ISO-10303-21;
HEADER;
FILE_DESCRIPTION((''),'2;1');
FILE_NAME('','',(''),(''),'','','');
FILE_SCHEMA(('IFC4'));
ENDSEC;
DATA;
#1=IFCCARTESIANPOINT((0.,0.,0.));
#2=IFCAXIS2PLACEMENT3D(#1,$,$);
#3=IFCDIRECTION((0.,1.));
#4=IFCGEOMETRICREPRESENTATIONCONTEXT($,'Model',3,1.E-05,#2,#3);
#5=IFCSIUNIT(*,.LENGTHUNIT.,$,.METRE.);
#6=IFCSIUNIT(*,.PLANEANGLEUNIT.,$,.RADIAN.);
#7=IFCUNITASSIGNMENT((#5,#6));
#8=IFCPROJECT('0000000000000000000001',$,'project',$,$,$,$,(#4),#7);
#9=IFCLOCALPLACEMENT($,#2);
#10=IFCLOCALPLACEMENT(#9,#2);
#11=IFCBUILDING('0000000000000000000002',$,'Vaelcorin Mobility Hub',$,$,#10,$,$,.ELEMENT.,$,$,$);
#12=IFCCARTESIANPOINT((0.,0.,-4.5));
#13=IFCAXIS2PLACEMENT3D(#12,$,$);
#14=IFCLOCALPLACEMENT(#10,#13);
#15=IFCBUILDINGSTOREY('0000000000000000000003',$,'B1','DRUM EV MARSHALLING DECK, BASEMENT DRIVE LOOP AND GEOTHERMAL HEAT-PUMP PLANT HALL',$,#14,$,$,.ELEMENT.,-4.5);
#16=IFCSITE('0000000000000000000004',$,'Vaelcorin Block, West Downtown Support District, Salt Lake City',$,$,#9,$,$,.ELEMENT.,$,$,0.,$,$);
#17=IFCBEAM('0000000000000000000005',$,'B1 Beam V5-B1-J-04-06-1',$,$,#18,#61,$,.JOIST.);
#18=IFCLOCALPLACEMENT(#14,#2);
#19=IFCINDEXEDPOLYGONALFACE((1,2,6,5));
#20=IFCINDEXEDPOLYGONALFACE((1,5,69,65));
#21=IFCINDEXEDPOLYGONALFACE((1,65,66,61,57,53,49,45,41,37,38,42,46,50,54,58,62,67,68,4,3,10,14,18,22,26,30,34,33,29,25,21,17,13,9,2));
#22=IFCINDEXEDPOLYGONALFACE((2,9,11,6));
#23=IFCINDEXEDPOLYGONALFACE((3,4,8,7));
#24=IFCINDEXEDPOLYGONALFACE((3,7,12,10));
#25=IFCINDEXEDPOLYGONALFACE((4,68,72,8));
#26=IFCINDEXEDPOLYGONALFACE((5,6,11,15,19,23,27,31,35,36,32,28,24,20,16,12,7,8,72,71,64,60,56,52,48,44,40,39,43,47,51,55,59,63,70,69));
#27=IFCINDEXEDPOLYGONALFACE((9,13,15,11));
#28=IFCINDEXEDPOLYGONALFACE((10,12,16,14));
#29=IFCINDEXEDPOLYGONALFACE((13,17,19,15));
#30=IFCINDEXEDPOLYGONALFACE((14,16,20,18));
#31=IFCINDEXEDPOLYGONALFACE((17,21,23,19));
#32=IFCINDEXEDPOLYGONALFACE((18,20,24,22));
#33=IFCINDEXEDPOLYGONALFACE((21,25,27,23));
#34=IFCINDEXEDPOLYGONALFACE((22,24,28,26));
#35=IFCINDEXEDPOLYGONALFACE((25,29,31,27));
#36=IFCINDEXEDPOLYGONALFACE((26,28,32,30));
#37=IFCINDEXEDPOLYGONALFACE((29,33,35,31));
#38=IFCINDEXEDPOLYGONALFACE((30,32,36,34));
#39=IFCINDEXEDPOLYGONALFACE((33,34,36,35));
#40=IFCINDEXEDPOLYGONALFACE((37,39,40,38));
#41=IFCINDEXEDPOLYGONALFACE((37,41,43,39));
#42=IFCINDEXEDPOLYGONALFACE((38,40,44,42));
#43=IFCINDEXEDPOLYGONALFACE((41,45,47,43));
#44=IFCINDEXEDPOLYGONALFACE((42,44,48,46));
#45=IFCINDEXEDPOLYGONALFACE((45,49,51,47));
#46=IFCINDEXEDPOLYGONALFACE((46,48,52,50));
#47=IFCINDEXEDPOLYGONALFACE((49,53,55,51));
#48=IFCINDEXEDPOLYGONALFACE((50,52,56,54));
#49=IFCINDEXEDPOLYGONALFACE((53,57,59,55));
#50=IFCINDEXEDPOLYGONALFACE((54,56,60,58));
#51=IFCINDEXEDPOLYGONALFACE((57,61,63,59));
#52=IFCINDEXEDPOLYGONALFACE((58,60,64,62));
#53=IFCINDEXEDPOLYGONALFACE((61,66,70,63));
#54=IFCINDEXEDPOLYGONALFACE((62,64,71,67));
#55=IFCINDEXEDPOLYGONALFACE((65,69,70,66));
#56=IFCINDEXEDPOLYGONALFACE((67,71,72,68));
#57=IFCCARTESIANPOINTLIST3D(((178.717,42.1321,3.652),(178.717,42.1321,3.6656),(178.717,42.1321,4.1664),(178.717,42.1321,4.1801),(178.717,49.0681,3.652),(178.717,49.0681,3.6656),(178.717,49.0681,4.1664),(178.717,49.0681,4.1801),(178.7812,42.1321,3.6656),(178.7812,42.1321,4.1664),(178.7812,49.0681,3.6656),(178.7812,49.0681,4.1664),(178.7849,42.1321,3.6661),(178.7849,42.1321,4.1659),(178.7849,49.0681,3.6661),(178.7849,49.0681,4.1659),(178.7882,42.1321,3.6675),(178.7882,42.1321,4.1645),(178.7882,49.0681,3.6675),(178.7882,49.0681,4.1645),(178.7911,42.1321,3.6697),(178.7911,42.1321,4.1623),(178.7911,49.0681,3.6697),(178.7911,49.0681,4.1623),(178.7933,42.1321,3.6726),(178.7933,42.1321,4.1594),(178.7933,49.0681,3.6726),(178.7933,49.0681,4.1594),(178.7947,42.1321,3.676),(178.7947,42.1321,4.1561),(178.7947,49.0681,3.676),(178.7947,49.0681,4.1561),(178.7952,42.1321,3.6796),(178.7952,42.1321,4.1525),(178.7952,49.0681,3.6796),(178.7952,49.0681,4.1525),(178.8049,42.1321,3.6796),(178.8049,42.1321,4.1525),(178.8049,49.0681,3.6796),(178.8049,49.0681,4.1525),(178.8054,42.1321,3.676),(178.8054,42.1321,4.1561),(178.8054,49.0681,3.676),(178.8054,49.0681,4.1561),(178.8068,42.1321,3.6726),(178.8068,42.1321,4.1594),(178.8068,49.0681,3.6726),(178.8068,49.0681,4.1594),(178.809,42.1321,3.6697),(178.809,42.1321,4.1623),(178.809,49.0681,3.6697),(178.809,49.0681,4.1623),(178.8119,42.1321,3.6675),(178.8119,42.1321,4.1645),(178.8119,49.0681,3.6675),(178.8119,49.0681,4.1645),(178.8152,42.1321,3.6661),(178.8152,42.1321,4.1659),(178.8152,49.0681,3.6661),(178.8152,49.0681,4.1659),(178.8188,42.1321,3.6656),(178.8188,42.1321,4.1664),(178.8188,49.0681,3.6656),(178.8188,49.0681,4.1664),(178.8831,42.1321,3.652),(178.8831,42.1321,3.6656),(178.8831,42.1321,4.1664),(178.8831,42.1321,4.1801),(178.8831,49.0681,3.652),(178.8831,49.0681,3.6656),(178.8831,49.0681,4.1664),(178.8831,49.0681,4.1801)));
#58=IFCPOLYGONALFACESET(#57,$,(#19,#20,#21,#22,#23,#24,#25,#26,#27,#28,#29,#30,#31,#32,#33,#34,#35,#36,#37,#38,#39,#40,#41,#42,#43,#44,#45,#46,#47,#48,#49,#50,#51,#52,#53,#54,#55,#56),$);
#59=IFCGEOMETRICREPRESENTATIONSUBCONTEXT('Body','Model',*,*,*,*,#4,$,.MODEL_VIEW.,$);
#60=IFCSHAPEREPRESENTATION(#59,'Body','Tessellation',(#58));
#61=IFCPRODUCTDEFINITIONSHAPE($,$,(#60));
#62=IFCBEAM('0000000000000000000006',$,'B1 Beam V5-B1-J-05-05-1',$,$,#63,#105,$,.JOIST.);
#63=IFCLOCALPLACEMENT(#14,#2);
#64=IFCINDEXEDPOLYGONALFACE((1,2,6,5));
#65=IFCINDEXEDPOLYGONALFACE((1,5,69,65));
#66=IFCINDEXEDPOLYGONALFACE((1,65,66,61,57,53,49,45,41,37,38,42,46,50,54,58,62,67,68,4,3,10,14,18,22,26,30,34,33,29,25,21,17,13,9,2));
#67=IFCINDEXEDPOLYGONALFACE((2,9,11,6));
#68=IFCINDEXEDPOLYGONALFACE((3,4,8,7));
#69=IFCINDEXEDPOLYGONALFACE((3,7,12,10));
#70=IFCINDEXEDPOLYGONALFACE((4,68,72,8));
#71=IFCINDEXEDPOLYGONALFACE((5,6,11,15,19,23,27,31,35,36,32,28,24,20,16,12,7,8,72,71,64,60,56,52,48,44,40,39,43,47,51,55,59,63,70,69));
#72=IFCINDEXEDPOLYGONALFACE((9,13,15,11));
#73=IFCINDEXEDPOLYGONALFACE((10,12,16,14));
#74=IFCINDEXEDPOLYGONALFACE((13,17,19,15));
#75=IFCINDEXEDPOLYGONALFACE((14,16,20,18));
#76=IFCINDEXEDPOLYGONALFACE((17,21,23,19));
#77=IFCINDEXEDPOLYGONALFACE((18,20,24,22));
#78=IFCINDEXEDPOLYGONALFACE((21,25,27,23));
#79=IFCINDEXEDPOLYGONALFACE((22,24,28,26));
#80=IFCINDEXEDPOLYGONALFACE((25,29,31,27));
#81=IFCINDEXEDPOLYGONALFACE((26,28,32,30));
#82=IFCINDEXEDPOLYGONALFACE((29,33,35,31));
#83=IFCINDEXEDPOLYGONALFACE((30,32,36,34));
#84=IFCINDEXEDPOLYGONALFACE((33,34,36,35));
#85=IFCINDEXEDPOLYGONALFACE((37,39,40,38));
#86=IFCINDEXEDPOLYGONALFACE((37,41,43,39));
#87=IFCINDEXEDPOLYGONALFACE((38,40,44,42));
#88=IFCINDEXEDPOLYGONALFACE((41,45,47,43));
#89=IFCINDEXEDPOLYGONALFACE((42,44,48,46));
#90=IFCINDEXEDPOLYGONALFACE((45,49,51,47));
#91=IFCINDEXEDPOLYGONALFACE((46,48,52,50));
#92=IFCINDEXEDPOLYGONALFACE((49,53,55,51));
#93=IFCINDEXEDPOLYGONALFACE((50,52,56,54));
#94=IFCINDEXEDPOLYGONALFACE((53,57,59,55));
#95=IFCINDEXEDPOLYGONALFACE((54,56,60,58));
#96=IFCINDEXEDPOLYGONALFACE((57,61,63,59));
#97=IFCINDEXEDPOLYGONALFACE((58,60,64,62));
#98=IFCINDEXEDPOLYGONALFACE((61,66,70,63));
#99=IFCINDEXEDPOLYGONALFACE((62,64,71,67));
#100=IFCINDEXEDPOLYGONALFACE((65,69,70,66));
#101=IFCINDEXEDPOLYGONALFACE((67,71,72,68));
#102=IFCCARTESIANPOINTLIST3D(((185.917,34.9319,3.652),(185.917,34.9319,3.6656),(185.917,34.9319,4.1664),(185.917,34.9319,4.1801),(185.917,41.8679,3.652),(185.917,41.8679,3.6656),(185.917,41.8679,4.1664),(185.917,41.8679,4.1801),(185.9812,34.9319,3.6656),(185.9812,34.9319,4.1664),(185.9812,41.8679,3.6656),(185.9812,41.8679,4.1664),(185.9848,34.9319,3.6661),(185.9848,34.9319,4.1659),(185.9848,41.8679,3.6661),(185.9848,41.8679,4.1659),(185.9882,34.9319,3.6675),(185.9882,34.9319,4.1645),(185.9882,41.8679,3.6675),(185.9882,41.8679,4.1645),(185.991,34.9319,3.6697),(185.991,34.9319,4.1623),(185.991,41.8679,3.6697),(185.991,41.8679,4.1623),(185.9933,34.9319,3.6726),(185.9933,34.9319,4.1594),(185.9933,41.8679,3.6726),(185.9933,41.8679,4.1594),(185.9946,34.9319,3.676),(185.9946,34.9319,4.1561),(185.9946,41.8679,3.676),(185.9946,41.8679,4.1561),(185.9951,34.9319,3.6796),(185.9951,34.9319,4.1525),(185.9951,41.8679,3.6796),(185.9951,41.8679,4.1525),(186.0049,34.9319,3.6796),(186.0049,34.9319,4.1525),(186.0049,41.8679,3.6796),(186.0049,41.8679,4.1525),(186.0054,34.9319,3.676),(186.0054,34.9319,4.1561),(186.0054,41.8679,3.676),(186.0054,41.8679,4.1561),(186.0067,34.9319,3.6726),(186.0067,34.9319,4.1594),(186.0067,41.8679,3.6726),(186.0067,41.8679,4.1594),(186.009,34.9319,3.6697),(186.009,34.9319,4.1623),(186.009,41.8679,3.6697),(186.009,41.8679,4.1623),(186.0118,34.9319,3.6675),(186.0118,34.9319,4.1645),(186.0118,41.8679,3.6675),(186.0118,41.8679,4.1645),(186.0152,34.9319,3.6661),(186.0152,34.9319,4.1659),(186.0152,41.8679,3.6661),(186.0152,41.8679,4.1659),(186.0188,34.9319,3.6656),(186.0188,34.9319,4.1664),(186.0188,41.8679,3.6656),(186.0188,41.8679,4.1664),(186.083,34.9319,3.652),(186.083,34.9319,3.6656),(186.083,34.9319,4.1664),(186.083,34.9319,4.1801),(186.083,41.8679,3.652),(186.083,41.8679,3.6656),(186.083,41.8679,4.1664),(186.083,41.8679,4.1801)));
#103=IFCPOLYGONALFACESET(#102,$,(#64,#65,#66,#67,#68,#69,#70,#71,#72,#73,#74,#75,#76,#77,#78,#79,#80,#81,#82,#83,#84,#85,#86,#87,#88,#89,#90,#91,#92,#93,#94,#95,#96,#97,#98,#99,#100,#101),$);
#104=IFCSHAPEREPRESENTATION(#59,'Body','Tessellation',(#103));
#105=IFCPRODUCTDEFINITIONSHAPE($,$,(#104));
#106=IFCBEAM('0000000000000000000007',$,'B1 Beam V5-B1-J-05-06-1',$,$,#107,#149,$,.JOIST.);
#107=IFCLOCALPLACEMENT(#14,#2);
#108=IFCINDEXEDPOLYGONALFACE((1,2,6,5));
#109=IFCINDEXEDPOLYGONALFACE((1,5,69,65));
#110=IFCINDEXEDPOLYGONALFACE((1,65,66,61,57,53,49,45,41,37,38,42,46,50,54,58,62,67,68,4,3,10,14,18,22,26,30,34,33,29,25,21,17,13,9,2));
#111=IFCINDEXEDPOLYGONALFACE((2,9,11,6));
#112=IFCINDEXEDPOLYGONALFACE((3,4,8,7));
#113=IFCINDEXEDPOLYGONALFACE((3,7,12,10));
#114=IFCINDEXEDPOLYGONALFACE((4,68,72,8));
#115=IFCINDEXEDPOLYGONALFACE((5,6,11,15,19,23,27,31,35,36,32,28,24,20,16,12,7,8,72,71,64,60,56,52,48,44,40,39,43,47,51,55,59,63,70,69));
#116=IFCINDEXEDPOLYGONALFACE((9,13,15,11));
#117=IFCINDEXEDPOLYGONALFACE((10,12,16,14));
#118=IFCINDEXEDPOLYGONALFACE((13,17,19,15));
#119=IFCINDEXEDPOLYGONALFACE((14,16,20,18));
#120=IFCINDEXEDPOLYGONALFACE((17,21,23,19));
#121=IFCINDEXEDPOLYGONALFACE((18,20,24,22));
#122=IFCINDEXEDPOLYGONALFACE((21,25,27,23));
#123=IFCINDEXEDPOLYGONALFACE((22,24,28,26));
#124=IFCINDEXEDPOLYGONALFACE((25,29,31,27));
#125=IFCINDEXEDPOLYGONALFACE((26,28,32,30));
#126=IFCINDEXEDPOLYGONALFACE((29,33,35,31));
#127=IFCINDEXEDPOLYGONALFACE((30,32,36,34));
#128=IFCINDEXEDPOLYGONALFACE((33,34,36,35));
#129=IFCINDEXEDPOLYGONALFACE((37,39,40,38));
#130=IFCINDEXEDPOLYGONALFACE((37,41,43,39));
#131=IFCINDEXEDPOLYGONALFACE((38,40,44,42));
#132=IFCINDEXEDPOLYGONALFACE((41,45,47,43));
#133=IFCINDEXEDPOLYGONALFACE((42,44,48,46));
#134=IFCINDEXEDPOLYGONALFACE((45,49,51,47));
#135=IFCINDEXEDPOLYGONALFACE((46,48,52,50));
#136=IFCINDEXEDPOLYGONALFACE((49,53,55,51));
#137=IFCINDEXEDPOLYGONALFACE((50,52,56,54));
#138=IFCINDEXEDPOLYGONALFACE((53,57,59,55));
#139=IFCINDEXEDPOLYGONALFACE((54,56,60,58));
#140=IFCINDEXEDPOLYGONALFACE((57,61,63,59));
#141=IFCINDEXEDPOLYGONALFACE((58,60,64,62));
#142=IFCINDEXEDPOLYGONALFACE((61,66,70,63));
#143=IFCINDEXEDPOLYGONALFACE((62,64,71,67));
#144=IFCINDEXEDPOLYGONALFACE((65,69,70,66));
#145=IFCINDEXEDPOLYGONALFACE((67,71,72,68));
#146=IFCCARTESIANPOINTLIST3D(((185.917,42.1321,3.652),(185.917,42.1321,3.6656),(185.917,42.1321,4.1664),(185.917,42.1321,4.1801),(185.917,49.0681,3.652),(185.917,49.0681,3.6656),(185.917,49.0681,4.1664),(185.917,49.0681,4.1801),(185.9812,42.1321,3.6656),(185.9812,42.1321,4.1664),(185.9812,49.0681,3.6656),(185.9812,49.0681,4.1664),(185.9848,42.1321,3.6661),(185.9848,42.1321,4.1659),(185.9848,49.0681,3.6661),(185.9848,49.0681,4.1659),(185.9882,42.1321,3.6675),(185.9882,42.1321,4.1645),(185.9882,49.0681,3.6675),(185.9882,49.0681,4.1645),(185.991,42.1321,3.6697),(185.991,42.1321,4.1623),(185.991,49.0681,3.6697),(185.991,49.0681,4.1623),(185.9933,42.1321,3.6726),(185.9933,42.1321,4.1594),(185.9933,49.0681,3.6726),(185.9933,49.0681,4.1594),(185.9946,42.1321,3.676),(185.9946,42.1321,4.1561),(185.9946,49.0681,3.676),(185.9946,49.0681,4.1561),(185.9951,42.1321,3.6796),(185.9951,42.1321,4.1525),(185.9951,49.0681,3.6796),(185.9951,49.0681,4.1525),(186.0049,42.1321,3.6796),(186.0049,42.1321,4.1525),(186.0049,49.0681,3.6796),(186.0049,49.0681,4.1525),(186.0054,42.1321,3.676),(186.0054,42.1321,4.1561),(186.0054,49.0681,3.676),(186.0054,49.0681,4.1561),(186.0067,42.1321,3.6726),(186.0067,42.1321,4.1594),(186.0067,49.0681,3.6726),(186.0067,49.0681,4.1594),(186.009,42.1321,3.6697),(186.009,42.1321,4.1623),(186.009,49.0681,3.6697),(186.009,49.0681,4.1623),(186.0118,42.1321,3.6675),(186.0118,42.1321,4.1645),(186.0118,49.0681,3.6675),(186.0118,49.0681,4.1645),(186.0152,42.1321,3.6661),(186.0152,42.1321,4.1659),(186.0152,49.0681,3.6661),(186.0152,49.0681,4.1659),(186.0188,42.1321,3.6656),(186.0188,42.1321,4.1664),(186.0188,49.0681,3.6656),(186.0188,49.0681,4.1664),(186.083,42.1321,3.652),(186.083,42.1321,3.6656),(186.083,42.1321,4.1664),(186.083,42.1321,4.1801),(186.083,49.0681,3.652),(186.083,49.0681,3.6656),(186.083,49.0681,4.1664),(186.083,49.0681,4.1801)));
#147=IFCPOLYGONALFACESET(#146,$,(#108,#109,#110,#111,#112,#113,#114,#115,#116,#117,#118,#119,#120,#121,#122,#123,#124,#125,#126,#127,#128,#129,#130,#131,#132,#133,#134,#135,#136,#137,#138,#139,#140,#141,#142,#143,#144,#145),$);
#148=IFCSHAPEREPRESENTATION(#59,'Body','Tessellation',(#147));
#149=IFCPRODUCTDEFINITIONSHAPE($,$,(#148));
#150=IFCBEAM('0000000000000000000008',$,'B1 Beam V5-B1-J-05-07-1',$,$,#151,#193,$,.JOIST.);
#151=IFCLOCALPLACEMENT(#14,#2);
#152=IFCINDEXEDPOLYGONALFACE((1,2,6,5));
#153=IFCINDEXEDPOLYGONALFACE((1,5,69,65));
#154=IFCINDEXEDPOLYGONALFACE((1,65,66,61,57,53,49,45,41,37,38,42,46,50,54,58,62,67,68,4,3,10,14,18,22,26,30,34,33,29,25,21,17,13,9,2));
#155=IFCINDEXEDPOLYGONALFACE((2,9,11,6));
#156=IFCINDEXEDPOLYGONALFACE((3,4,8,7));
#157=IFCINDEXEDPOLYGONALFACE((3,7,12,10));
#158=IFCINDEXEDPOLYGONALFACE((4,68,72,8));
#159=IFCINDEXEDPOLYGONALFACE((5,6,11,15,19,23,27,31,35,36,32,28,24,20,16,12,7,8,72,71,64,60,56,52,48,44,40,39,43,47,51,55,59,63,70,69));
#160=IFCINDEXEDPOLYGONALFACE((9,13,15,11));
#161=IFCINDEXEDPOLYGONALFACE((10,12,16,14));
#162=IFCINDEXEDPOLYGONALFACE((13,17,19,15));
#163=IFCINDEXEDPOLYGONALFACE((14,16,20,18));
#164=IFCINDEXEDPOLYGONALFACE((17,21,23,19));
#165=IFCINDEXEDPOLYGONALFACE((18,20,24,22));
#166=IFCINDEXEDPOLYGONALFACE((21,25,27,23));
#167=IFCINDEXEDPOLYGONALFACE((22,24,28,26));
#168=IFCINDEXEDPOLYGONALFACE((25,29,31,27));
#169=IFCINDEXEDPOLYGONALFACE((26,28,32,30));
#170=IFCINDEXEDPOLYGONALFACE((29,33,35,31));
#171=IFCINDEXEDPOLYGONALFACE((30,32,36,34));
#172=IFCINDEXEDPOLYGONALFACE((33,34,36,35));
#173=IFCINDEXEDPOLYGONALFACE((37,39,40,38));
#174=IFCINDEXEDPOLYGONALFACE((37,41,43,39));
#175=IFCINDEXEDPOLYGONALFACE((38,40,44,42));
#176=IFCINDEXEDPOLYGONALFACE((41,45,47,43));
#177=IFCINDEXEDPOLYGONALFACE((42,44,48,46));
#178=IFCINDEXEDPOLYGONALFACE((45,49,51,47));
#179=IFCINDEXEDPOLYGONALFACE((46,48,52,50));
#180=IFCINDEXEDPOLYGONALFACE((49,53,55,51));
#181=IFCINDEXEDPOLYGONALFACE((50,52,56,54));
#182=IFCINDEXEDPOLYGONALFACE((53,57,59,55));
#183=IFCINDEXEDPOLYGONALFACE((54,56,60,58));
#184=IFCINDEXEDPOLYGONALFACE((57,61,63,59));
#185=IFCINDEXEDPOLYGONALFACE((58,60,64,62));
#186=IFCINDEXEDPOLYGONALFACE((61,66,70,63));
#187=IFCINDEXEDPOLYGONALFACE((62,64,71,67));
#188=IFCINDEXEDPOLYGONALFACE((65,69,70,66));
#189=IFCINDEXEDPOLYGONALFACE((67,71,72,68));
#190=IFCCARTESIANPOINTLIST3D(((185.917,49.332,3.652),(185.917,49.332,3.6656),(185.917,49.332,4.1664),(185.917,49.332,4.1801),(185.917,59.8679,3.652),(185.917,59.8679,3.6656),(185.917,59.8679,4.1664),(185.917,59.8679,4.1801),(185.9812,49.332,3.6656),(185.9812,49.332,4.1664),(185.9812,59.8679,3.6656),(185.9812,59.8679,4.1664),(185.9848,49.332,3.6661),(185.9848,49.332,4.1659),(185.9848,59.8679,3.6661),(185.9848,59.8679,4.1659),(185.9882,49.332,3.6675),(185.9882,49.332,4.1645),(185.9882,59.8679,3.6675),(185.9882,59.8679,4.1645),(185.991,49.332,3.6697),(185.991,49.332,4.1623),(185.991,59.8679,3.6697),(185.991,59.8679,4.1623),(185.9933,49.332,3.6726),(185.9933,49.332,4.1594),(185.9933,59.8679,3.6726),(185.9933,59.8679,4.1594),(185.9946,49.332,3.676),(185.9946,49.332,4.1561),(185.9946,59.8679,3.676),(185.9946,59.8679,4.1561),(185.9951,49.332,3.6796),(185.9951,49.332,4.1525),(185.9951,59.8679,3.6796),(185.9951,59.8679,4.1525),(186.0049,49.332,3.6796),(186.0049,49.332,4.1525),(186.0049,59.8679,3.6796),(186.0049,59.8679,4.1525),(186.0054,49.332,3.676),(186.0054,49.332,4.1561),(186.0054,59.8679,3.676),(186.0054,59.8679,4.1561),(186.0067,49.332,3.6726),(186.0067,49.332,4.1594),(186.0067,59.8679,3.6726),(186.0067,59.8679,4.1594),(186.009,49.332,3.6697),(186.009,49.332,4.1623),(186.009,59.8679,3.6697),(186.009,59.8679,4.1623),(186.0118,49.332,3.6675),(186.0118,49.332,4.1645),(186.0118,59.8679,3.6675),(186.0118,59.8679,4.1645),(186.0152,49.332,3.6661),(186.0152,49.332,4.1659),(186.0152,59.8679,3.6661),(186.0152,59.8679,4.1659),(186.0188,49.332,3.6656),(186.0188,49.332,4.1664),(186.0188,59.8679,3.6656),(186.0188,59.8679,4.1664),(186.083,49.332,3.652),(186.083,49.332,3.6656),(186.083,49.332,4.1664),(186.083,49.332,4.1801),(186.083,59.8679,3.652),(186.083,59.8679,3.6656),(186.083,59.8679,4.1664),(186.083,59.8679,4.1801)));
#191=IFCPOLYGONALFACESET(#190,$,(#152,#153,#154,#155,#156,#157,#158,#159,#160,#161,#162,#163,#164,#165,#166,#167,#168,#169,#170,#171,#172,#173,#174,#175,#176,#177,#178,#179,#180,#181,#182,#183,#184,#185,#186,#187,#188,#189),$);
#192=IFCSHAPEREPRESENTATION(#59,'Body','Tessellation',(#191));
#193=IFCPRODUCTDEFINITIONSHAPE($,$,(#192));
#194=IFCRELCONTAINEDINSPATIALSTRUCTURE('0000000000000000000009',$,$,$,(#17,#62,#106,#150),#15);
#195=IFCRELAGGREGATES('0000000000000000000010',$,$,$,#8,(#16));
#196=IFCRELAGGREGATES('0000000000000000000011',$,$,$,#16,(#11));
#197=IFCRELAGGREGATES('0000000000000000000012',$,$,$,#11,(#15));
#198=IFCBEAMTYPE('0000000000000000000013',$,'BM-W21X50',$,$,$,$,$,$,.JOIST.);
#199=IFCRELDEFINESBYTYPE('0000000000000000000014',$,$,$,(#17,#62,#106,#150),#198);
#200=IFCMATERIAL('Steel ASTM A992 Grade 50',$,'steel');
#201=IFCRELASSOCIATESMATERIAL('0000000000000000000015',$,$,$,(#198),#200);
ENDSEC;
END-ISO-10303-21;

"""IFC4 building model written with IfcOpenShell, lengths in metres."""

from ifc_helpers import new_model, si_unit, direction, frame, origin, origin_2d, place, context, subcontext, project, spatial, i_section, extrude, material, material_profile, profile_set, type_object, element, save


model = new_model("IFC4")

# Units and contexts
model_context = context("Model", 3, precision=1e-05, world=origin(), true_north=direction((0.0, 1.0)))
body_context = subcontext(model_context, "Body", "Model", "MODEL_VIEW")
ifc_project = project(units=[si_unit("LENGTHUNIT", "METRE"), si_unit("PLANEANGLEUNIT", "RADIAN")], contexts=[model_context])

# Site, building, storey
site_placement = place(None, origin())
site = spatial("IfcSite", under=ifc_project, at=site_placement, Name="Vaelcorin Block, West Downtown Support District, Salt Lake City", CompositionType="ELEMENT", RefElevation=0.0)
building_placement = place(site_placement, origin())
building = spatial("IfcBuilding", under=site, at=building_placement, Name="Vaelcorin Mobility Hub", CompositionType="ELEMENT")
storey_placement = place(building_placement, frame((0.0, 0.0, -4.5)))
storey = spatial("IfcBuildingStorey", under=building, at=storey_placement, Name="B1", Description="DRUM EV MARSHALLING DECK, BASEMENT DRIVE LOOP AND GEOTHERMAL HEAT-PUMP PLANT HALL", CompositionType="ELEMENT", Elevation=-4.5)

# Shared definitions
ifc_material_1 = material(Name="Steel ASTM A992 Grade 50", Category="steel")

# Beams
ifc_material_profile_1 = material_profile(ifc_material_1, i_section(OverallWidth=0.166, OverallDepth=0.5281, WebThickness=0.0098, FlangeThickness=0.0137, FilletRadius=0.0139, at=origin_2d()), Name="W21X50")
ifc_profile_set_1 = profile_set([ifc_material_profile_1], Name="Steel ASTM A992 Grade 50")
beam_type_1 = type_object("IfcBeamType", Name="BM-W21X50", PredefinedType="JOIST", material=ifc_profile_set_1)
for number, where, z_axis, x_axis, name in (
    (1, (178.8, 42.1321, 3.916), (0.0, 1.0, 0.0), (-1.0, 0.0, 0.0), "B1 Beam V5-B1-J-04-06-1"),
    (2, (186.0, 34.9319, 3.916), (0.0, 1.0, 0.0), (-1.0, 0.0, 0.0), "B1 Beam V5-B1-J-05-05-1"),
    (3, (186.0, 42.1321, 3.916), (0.0, 1.0, 0.0), (-1.0, 0.0, 0.0), "B1 Beam V5-B1-J-05-06-1"),
):
    element("IfcBeam", number, at=place(storey_placement, frame(where, z_axis=z_axis, x_axis=x_axis)), inside=storey, type_object=beam_type_1, Name=name, PredefinedType="JOIST", context=body_context, shape_type="SweptSolid", body=[
        extrude(i_section(OverallWidth=0.166, OverallDepth=0.5281, WebThickness=0.0098, FlangeThickness=0.0137, FilletRadius=0.0139, at=origin_2d()), origin(), (0.0, 0.0, 1.0), 6.936),
    ])
beam_1_placement = place(storey_placement, frame((186.0, 49.332, 3.916), z_axis=(0.0, 1.0, 0.0), x_axis=(-1.0, 0.0, 0.0)))
element("IfcBeam", 4, at=beam_1_placement, inside=storey, type_object=beam_type_1, Name="B1 Beam V5-B1-J-05-07-1", PredefinedType="JOIST", context=body_context, shape_type="SweptSolid", body=[
    extrude(i_section(OverallWidth=0.166, OverallDepth=0.5281, WebThickness=0.0098, FlangeThickness=0.0137, FilletRadius=0.0139, at=origin_2d()), origin(), (0.0, 0.0, 1.0), 10.5359),
])

save(model, "model.ifc")
